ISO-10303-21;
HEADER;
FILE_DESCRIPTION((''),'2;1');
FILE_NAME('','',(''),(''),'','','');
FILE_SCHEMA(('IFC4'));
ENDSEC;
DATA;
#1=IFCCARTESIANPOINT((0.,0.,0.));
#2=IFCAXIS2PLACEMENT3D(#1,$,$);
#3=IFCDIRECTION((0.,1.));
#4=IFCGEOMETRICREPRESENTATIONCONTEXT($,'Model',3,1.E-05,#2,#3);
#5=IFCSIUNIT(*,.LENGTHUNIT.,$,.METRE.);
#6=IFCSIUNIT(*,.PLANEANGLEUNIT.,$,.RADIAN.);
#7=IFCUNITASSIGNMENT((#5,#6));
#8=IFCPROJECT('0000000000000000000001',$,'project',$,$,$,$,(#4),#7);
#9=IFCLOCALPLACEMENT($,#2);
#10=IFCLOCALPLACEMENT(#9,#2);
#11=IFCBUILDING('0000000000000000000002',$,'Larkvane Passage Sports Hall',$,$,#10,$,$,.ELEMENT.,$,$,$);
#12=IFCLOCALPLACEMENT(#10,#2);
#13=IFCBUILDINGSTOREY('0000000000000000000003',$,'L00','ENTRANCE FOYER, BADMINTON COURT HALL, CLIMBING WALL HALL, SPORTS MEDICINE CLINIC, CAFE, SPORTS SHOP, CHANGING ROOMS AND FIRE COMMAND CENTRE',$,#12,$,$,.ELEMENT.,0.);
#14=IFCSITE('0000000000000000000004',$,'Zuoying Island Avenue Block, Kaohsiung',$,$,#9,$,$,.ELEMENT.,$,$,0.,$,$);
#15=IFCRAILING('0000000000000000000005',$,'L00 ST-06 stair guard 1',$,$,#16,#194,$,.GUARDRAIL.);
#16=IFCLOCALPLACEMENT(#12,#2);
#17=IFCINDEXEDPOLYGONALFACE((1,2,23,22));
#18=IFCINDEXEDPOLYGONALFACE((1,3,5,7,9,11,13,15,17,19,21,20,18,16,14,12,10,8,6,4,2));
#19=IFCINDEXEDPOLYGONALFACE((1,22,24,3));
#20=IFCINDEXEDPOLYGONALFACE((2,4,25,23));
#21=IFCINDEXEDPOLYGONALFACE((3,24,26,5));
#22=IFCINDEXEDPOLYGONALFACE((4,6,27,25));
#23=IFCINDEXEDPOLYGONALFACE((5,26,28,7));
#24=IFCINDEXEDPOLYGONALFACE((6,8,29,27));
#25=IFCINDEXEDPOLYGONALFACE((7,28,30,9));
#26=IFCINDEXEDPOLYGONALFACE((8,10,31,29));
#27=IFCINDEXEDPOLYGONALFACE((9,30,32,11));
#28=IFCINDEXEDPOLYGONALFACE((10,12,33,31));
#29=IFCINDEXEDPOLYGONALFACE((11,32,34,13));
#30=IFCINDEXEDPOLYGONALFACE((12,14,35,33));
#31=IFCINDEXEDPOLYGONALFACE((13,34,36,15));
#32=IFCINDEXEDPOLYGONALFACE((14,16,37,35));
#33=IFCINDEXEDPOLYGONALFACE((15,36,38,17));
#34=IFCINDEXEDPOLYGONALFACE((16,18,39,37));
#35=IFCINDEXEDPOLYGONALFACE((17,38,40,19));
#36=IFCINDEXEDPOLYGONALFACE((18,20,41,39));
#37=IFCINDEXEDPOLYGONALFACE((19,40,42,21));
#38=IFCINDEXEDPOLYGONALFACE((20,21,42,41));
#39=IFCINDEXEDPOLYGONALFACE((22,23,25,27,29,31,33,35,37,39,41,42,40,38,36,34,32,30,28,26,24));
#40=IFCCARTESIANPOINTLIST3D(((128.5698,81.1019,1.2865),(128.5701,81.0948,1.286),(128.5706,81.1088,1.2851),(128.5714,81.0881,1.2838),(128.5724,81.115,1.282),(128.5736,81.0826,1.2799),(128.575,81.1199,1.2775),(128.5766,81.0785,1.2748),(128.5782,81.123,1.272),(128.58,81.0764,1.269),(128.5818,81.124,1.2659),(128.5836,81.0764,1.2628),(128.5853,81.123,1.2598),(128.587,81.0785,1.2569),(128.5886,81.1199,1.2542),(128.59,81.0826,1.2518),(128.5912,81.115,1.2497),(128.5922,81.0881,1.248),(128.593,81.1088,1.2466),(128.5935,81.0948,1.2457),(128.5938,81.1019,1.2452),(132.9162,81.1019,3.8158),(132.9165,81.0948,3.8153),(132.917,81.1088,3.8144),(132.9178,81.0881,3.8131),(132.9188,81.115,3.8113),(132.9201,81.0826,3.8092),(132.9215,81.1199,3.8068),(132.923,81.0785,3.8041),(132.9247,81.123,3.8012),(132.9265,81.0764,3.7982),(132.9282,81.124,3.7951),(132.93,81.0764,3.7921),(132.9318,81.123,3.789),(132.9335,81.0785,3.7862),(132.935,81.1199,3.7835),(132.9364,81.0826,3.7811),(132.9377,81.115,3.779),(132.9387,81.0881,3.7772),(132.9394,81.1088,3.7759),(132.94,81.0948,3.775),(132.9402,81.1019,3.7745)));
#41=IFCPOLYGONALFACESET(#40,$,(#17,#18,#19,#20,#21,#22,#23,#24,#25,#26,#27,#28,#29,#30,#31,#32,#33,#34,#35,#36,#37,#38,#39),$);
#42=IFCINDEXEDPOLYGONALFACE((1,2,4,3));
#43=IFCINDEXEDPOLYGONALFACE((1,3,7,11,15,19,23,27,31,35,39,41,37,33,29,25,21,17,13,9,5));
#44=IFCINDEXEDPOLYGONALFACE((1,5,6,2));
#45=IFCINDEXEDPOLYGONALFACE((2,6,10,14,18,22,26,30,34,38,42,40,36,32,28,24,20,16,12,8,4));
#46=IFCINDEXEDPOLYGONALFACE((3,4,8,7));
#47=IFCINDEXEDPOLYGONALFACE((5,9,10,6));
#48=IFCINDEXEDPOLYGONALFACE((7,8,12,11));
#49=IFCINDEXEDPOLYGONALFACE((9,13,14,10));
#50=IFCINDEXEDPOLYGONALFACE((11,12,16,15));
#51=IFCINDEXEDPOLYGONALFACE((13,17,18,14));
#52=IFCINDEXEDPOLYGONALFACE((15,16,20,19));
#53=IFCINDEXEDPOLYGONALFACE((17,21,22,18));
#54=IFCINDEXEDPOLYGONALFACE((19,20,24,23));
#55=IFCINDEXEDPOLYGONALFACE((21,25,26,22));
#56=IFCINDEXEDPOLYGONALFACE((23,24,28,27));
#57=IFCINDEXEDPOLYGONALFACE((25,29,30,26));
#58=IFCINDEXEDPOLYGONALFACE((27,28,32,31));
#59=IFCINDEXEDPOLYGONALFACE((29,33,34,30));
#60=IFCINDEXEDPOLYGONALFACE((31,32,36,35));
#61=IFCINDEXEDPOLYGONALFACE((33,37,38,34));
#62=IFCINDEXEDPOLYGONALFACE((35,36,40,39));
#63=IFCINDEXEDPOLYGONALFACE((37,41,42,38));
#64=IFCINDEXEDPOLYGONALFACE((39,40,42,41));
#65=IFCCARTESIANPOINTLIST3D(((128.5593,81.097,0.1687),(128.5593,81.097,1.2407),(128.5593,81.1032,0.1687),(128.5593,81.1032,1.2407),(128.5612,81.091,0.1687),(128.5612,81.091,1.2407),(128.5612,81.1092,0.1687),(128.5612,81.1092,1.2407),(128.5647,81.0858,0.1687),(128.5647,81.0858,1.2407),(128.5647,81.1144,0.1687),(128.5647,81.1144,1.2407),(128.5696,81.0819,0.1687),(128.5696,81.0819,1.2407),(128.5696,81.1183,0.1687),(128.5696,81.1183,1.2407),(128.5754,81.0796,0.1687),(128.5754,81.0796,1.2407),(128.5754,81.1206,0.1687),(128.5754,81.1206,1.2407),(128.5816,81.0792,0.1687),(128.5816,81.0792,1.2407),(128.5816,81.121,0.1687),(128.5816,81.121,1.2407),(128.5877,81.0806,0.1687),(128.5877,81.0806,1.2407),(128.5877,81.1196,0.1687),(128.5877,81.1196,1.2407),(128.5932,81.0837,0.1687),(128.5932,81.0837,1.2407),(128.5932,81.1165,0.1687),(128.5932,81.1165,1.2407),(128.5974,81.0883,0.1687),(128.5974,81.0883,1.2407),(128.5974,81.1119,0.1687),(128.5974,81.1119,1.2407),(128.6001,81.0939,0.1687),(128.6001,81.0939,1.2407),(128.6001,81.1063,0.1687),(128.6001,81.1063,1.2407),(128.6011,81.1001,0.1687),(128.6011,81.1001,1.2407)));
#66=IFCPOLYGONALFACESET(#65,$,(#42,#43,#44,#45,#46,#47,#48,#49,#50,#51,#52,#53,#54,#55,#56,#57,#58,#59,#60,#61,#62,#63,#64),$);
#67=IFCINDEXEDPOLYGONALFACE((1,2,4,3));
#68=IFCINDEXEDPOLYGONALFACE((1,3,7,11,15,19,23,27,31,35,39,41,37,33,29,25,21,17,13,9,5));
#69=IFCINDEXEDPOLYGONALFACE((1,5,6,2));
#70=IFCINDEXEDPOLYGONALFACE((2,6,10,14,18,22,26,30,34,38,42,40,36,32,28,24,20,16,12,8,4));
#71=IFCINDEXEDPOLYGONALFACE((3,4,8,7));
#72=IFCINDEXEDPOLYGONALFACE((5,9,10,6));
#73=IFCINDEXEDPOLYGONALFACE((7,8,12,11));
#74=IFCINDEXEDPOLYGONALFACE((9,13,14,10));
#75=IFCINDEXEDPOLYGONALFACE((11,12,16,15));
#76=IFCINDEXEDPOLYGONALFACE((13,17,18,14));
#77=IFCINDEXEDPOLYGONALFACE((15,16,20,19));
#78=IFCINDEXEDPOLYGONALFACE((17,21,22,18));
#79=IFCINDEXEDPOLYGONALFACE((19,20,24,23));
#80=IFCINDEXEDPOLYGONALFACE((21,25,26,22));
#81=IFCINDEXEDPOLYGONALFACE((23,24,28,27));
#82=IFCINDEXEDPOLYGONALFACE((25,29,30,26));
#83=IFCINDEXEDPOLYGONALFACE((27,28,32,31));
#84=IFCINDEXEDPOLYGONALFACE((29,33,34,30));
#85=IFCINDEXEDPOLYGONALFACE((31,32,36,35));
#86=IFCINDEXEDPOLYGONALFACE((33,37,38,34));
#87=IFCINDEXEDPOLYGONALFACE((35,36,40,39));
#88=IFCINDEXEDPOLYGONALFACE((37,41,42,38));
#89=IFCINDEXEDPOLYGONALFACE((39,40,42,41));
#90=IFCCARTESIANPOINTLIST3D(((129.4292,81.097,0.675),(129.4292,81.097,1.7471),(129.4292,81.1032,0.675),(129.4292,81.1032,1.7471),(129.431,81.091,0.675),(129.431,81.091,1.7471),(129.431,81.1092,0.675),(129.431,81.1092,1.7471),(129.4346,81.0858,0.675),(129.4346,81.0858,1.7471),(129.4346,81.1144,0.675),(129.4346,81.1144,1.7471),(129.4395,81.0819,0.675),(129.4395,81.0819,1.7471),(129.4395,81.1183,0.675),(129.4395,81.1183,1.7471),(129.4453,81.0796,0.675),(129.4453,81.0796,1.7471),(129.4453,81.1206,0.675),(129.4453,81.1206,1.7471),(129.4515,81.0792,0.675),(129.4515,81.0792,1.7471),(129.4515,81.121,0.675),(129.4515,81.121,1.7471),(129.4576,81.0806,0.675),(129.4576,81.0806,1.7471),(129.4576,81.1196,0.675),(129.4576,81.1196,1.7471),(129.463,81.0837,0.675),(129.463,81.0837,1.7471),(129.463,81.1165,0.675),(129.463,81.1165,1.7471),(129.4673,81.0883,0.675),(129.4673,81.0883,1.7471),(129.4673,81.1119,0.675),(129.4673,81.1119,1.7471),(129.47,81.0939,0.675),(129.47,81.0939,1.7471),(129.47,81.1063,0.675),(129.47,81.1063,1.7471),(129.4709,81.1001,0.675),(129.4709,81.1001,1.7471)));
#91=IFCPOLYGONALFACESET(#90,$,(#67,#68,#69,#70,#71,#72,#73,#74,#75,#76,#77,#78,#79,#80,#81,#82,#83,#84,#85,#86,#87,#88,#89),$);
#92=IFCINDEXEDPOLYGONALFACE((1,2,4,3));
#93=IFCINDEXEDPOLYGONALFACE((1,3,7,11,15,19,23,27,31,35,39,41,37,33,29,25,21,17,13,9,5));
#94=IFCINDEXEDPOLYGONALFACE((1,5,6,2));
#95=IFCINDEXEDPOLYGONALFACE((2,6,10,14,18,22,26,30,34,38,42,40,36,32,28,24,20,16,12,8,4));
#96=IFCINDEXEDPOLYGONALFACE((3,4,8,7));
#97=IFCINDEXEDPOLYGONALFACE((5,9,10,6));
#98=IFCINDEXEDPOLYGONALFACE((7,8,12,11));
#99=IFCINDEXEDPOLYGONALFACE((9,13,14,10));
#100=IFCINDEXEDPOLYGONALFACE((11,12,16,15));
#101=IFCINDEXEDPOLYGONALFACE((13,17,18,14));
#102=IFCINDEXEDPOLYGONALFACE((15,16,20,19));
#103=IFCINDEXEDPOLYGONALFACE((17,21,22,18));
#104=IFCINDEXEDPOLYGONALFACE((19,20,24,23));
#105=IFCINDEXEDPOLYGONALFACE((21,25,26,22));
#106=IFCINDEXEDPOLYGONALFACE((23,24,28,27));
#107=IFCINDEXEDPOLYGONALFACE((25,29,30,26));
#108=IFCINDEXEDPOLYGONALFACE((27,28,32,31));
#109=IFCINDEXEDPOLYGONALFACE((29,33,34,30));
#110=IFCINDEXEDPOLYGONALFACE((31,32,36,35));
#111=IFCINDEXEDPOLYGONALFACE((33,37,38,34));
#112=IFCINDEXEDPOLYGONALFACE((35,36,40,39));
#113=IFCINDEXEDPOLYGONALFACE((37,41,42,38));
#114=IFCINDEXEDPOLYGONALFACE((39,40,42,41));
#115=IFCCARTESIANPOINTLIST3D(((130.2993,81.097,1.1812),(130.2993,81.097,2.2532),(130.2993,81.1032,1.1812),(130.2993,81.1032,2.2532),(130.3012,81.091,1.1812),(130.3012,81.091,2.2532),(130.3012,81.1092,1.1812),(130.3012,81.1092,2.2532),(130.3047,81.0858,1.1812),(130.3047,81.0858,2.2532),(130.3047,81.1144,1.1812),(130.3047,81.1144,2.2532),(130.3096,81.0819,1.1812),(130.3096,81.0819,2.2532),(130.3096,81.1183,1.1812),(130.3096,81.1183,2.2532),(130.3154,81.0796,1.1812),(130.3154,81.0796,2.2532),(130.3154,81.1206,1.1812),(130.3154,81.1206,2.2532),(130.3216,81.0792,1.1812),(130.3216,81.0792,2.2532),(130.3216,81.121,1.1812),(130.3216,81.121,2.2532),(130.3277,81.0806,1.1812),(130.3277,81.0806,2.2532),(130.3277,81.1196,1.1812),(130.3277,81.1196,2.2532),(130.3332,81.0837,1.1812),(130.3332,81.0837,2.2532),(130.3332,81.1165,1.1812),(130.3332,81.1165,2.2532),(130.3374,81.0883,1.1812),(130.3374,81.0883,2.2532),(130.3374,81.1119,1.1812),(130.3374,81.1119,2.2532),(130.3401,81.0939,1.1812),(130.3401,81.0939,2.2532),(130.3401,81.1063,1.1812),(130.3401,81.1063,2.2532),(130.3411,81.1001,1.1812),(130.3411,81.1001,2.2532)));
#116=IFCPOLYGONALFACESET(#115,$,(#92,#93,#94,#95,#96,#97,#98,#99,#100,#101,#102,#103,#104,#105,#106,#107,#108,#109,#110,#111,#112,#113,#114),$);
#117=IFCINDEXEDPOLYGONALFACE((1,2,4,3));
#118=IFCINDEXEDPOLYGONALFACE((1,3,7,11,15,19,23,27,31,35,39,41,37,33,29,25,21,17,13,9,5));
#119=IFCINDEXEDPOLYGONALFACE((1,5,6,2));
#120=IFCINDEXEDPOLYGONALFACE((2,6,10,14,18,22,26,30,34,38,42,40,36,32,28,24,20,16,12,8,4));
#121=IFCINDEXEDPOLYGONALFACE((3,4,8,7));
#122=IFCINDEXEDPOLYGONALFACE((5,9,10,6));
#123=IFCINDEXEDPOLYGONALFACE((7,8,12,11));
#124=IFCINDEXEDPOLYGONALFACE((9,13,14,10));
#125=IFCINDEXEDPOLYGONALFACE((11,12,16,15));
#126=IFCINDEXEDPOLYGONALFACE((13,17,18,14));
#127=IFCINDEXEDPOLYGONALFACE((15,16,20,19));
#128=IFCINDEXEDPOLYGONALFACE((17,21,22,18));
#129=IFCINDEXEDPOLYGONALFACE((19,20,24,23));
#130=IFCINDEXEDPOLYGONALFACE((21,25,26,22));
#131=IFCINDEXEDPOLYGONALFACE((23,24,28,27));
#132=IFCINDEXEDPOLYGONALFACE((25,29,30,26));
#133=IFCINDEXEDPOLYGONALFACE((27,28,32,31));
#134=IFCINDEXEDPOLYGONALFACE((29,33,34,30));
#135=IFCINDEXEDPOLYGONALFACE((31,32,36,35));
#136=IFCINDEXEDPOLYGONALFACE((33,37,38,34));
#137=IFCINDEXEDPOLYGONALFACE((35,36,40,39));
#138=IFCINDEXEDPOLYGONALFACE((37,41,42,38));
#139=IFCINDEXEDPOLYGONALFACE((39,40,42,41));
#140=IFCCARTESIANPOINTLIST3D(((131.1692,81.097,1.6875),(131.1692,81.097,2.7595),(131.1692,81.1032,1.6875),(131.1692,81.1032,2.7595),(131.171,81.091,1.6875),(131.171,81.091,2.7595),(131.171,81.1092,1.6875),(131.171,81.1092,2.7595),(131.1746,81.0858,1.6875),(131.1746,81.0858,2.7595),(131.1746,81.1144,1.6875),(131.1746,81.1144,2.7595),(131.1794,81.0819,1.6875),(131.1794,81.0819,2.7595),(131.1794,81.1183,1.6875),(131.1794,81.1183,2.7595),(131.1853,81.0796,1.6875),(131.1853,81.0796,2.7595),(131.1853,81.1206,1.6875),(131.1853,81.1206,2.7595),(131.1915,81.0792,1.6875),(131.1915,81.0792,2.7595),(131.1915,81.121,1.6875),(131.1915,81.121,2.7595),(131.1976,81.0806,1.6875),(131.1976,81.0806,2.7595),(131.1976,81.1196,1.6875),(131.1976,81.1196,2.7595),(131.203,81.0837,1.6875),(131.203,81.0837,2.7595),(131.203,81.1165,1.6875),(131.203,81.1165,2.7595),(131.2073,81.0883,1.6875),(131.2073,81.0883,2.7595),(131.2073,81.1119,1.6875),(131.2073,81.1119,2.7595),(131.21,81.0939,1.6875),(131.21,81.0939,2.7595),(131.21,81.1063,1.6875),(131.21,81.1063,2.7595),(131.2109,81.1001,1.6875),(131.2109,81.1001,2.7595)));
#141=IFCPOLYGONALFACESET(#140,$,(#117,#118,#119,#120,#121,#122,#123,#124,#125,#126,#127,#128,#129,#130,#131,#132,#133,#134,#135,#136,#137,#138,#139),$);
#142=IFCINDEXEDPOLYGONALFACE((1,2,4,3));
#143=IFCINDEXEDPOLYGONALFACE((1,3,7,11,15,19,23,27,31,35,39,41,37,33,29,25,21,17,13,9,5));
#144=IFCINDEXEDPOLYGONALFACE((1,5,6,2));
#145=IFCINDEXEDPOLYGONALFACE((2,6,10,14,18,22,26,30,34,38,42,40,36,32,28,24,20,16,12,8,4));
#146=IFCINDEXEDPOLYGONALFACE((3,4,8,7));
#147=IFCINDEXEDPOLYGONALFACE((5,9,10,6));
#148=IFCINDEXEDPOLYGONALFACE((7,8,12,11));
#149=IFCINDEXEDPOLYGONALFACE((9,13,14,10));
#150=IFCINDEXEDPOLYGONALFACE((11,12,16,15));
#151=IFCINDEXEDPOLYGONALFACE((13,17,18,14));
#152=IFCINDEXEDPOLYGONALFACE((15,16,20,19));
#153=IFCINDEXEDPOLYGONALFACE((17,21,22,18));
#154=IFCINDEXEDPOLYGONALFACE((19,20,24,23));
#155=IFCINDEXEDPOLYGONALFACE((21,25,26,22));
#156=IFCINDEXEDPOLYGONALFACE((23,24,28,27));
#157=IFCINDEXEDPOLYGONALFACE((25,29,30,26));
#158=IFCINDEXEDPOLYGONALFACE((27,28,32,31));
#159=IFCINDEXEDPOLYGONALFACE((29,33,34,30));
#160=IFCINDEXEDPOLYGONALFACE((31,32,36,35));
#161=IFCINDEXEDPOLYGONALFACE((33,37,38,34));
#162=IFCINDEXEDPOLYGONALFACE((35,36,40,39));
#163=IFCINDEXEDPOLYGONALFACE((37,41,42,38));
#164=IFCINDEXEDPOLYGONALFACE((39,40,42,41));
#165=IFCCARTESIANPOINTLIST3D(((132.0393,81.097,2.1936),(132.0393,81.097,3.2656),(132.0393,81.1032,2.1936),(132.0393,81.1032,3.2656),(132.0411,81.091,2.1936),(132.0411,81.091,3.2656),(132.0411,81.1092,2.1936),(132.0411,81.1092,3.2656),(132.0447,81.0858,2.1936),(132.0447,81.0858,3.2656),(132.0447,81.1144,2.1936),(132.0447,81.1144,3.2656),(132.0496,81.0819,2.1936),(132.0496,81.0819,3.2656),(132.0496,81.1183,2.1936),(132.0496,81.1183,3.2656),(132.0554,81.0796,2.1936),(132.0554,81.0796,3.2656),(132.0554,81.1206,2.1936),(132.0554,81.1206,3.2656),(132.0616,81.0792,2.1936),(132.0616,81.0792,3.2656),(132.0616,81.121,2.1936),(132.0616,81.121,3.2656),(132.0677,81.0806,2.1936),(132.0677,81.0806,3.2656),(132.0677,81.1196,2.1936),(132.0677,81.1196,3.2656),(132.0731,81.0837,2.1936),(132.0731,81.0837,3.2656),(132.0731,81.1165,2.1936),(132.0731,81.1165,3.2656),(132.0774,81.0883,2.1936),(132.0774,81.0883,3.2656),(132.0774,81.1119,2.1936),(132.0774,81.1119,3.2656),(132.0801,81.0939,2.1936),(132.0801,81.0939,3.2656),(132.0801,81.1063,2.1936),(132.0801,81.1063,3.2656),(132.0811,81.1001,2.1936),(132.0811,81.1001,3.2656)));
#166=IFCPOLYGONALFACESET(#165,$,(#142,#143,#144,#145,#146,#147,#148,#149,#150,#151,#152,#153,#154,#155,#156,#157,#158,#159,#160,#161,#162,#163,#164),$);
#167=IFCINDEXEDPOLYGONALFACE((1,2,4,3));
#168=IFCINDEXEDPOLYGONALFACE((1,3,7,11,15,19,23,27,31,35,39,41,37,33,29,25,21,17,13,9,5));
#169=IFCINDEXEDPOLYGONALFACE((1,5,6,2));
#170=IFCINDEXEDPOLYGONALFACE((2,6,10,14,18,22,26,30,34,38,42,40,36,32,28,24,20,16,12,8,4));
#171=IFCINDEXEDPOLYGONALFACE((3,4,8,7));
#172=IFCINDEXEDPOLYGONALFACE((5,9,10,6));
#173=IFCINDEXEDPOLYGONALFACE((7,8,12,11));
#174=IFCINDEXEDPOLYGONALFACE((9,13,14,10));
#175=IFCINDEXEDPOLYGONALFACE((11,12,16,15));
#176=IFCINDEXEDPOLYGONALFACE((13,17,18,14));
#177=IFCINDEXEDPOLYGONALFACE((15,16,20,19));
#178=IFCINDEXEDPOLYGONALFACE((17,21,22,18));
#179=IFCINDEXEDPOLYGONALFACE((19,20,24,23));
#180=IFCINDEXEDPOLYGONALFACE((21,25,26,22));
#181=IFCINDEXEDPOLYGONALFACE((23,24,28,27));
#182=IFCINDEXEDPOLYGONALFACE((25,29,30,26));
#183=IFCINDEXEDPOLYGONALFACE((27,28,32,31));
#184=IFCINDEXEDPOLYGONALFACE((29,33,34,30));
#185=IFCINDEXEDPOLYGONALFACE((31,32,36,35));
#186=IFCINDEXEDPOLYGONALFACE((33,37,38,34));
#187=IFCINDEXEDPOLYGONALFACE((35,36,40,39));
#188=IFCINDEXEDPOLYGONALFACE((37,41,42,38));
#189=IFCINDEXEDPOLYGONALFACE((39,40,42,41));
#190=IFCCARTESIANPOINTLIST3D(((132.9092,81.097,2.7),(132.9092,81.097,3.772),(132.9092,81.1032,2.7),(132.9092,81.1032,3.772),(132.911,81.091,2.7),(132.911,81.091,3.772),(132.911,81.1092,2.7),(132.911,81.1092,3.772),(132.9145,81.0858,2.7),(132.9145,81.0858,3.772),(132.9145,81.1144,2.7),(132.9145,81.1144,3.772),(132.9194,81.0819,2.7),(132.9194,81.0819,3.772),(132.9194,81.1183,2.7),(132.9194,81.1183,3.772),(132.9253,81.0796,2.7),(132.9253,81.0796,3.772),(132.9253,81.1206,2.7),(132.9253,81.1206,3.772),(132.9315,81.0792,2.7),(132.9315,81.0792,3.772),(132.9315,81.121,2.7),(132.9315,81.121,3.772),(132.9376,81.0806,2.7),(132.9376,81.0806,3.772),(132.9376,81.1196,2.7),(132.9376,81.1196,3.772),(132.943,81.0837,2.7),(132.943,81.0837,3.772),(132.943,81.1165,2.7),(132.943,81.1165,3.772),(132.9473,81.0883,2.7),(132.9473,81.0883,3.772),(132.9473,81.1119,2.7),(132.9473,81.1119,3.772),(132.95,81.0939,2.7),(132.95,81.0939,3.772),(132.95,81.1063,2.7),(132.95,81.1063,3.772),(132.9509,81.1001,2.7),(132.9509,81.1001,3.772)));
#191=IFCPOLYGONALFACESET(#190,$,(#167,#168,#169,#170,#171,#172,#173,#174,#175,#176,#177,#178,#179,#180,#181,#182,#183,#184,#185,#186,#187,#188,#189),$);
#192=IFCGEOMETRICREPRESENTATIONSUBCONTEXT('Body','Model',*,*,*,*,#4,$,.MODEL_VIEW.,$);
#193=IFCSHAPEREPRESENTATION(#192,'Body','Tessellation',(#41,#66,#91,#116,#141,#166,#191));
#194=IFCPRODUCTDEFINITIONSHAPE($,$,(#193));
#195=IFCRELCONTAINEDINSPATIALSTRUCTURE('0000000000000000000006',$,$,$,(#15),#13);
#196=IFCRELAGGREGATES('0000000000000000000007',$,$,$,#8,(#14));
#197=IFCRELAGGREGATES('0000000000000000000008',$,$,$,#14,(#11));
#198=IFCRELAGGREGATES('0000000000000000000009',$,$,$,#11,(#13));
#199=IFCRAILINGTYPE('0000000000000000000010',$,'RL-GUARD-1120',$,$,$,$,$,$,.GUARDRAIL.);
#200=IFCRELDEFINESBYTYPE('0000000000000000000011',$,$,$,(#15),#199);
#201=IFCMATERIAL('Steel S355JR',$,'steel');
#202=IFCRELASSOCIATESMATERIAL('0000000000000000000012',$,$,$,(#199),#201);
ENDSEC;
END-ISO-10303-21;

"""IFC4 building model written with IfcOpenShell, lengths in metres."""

from ifc_helpers import new_model, si_unit, direction, frame, origin, origin_2d, place, context, subcontext, project, spatial, circle, extrude, material, type_object, element, save


model = new_model("IFC4")

# Units and contexts
model_context = context("Model", 3, precision=1e-05, world=origin(), true_north=direction((0.0, 1.0)))
body_context = subcontext(model_context, "Body", "Model", "MODEL_VIEW")
ifc_project = project(units=[si_unit("LENGTHUNIT", "METRE"), si_unit("PLANEANGLEUNIT", "RADIAN")], contexts=[model_context])

# Site, building, storey
site_placement = place(None, origin())
site = spatial("IfcSite", under=ifc_project, at=site_placement, Name="Zuoying Island Avenue Block, Kaohsiung", CompositionType="ELEMENT", RefElevation=0.0)
building_placement = place(site_placement, origin())
building = spatial("IfcBuilding", under=site, at=building_placement, Name="Larkvane Passage Sports Hall", CompositionType="ELEMENT")
storey_placement = place(building_placement, origin())
storey = spatial("IfcBuildingStorey", under=building, at=storey_placement, Name="L00", Description="ENTRANCE FOYER, BADMINTON COURT HALL, CLIMBING WALL HALL, SPORTS MEDICINE CLINIC, CAFE, SPORTS SHOP, CHANGING ROOMS AND FIRE COMMAND CENTRE", CompositionType="ELEMENT", Elevation=0.0)

# Shared definitions
ifc_material_1 = material(Name="Steel S355JR", Category="steel")

# Railing
railing_type_1 = type_object("IfcRailingType", Name="RL-GUARD-1120", PredefinedType="GUARDRAIL", material=ifc_material_1)
railing_1_placement = place(storey_placement, frame((128.5801, 81.1001, 0.1687)))
element("IfcRailing", 1, at=railing_1_placement, inside=storey, type_object=railing_type_1, Name="L00 ST-06 stair guard 1", PredefinedType="GUARDRAIL", context=body_context, shape_type="SweptSolid", body=[
    extrude(circle(Radius=0.0239, at=origin_2d()), frame((0.0017, 0.0, 1.0972), z_axis=(0.864312, 0.0, 0.502957), x_axis=(0.0, 1.0, 0.0)), (0.0, 0.0, 1.0), 5.0288),
    extrude(circle(Radius=0.021, at=origin_2d()), origin(), (0.0, 0.0, 1.0), 1.072),
    extrude(circle(Radius=0.021, at=origin_2d()), frame((0.8699, 0.0, 0.5063)), (0.0, 0.0, 1.0), 1.072),
    extrude(circle(Radius=0.021, at=origin_2d()), frame((1.74, 0.0, 1.0125)), (0.0, 0.0, 1.0), 1.072),
    extrude(circle(Radius=0.021, at=origin_2d()), frame((2.6099, 0.0, 1.5188)), (0.0, 0.0, 1.0), 1.072),
    extrude(circle(Radius=0.021, at=origin_2d()), frame((3.48, 0.0, 2.0249)), (0.0, 0.0, 1.0), 1.072),
    extrude(circle(Radius=0.021, at=origin_2d()), frame((4.3499, 0.0, 2.5312)), (0.0, 0.0, 1.0), 1.072),
])

save(model, "model.ifc")
